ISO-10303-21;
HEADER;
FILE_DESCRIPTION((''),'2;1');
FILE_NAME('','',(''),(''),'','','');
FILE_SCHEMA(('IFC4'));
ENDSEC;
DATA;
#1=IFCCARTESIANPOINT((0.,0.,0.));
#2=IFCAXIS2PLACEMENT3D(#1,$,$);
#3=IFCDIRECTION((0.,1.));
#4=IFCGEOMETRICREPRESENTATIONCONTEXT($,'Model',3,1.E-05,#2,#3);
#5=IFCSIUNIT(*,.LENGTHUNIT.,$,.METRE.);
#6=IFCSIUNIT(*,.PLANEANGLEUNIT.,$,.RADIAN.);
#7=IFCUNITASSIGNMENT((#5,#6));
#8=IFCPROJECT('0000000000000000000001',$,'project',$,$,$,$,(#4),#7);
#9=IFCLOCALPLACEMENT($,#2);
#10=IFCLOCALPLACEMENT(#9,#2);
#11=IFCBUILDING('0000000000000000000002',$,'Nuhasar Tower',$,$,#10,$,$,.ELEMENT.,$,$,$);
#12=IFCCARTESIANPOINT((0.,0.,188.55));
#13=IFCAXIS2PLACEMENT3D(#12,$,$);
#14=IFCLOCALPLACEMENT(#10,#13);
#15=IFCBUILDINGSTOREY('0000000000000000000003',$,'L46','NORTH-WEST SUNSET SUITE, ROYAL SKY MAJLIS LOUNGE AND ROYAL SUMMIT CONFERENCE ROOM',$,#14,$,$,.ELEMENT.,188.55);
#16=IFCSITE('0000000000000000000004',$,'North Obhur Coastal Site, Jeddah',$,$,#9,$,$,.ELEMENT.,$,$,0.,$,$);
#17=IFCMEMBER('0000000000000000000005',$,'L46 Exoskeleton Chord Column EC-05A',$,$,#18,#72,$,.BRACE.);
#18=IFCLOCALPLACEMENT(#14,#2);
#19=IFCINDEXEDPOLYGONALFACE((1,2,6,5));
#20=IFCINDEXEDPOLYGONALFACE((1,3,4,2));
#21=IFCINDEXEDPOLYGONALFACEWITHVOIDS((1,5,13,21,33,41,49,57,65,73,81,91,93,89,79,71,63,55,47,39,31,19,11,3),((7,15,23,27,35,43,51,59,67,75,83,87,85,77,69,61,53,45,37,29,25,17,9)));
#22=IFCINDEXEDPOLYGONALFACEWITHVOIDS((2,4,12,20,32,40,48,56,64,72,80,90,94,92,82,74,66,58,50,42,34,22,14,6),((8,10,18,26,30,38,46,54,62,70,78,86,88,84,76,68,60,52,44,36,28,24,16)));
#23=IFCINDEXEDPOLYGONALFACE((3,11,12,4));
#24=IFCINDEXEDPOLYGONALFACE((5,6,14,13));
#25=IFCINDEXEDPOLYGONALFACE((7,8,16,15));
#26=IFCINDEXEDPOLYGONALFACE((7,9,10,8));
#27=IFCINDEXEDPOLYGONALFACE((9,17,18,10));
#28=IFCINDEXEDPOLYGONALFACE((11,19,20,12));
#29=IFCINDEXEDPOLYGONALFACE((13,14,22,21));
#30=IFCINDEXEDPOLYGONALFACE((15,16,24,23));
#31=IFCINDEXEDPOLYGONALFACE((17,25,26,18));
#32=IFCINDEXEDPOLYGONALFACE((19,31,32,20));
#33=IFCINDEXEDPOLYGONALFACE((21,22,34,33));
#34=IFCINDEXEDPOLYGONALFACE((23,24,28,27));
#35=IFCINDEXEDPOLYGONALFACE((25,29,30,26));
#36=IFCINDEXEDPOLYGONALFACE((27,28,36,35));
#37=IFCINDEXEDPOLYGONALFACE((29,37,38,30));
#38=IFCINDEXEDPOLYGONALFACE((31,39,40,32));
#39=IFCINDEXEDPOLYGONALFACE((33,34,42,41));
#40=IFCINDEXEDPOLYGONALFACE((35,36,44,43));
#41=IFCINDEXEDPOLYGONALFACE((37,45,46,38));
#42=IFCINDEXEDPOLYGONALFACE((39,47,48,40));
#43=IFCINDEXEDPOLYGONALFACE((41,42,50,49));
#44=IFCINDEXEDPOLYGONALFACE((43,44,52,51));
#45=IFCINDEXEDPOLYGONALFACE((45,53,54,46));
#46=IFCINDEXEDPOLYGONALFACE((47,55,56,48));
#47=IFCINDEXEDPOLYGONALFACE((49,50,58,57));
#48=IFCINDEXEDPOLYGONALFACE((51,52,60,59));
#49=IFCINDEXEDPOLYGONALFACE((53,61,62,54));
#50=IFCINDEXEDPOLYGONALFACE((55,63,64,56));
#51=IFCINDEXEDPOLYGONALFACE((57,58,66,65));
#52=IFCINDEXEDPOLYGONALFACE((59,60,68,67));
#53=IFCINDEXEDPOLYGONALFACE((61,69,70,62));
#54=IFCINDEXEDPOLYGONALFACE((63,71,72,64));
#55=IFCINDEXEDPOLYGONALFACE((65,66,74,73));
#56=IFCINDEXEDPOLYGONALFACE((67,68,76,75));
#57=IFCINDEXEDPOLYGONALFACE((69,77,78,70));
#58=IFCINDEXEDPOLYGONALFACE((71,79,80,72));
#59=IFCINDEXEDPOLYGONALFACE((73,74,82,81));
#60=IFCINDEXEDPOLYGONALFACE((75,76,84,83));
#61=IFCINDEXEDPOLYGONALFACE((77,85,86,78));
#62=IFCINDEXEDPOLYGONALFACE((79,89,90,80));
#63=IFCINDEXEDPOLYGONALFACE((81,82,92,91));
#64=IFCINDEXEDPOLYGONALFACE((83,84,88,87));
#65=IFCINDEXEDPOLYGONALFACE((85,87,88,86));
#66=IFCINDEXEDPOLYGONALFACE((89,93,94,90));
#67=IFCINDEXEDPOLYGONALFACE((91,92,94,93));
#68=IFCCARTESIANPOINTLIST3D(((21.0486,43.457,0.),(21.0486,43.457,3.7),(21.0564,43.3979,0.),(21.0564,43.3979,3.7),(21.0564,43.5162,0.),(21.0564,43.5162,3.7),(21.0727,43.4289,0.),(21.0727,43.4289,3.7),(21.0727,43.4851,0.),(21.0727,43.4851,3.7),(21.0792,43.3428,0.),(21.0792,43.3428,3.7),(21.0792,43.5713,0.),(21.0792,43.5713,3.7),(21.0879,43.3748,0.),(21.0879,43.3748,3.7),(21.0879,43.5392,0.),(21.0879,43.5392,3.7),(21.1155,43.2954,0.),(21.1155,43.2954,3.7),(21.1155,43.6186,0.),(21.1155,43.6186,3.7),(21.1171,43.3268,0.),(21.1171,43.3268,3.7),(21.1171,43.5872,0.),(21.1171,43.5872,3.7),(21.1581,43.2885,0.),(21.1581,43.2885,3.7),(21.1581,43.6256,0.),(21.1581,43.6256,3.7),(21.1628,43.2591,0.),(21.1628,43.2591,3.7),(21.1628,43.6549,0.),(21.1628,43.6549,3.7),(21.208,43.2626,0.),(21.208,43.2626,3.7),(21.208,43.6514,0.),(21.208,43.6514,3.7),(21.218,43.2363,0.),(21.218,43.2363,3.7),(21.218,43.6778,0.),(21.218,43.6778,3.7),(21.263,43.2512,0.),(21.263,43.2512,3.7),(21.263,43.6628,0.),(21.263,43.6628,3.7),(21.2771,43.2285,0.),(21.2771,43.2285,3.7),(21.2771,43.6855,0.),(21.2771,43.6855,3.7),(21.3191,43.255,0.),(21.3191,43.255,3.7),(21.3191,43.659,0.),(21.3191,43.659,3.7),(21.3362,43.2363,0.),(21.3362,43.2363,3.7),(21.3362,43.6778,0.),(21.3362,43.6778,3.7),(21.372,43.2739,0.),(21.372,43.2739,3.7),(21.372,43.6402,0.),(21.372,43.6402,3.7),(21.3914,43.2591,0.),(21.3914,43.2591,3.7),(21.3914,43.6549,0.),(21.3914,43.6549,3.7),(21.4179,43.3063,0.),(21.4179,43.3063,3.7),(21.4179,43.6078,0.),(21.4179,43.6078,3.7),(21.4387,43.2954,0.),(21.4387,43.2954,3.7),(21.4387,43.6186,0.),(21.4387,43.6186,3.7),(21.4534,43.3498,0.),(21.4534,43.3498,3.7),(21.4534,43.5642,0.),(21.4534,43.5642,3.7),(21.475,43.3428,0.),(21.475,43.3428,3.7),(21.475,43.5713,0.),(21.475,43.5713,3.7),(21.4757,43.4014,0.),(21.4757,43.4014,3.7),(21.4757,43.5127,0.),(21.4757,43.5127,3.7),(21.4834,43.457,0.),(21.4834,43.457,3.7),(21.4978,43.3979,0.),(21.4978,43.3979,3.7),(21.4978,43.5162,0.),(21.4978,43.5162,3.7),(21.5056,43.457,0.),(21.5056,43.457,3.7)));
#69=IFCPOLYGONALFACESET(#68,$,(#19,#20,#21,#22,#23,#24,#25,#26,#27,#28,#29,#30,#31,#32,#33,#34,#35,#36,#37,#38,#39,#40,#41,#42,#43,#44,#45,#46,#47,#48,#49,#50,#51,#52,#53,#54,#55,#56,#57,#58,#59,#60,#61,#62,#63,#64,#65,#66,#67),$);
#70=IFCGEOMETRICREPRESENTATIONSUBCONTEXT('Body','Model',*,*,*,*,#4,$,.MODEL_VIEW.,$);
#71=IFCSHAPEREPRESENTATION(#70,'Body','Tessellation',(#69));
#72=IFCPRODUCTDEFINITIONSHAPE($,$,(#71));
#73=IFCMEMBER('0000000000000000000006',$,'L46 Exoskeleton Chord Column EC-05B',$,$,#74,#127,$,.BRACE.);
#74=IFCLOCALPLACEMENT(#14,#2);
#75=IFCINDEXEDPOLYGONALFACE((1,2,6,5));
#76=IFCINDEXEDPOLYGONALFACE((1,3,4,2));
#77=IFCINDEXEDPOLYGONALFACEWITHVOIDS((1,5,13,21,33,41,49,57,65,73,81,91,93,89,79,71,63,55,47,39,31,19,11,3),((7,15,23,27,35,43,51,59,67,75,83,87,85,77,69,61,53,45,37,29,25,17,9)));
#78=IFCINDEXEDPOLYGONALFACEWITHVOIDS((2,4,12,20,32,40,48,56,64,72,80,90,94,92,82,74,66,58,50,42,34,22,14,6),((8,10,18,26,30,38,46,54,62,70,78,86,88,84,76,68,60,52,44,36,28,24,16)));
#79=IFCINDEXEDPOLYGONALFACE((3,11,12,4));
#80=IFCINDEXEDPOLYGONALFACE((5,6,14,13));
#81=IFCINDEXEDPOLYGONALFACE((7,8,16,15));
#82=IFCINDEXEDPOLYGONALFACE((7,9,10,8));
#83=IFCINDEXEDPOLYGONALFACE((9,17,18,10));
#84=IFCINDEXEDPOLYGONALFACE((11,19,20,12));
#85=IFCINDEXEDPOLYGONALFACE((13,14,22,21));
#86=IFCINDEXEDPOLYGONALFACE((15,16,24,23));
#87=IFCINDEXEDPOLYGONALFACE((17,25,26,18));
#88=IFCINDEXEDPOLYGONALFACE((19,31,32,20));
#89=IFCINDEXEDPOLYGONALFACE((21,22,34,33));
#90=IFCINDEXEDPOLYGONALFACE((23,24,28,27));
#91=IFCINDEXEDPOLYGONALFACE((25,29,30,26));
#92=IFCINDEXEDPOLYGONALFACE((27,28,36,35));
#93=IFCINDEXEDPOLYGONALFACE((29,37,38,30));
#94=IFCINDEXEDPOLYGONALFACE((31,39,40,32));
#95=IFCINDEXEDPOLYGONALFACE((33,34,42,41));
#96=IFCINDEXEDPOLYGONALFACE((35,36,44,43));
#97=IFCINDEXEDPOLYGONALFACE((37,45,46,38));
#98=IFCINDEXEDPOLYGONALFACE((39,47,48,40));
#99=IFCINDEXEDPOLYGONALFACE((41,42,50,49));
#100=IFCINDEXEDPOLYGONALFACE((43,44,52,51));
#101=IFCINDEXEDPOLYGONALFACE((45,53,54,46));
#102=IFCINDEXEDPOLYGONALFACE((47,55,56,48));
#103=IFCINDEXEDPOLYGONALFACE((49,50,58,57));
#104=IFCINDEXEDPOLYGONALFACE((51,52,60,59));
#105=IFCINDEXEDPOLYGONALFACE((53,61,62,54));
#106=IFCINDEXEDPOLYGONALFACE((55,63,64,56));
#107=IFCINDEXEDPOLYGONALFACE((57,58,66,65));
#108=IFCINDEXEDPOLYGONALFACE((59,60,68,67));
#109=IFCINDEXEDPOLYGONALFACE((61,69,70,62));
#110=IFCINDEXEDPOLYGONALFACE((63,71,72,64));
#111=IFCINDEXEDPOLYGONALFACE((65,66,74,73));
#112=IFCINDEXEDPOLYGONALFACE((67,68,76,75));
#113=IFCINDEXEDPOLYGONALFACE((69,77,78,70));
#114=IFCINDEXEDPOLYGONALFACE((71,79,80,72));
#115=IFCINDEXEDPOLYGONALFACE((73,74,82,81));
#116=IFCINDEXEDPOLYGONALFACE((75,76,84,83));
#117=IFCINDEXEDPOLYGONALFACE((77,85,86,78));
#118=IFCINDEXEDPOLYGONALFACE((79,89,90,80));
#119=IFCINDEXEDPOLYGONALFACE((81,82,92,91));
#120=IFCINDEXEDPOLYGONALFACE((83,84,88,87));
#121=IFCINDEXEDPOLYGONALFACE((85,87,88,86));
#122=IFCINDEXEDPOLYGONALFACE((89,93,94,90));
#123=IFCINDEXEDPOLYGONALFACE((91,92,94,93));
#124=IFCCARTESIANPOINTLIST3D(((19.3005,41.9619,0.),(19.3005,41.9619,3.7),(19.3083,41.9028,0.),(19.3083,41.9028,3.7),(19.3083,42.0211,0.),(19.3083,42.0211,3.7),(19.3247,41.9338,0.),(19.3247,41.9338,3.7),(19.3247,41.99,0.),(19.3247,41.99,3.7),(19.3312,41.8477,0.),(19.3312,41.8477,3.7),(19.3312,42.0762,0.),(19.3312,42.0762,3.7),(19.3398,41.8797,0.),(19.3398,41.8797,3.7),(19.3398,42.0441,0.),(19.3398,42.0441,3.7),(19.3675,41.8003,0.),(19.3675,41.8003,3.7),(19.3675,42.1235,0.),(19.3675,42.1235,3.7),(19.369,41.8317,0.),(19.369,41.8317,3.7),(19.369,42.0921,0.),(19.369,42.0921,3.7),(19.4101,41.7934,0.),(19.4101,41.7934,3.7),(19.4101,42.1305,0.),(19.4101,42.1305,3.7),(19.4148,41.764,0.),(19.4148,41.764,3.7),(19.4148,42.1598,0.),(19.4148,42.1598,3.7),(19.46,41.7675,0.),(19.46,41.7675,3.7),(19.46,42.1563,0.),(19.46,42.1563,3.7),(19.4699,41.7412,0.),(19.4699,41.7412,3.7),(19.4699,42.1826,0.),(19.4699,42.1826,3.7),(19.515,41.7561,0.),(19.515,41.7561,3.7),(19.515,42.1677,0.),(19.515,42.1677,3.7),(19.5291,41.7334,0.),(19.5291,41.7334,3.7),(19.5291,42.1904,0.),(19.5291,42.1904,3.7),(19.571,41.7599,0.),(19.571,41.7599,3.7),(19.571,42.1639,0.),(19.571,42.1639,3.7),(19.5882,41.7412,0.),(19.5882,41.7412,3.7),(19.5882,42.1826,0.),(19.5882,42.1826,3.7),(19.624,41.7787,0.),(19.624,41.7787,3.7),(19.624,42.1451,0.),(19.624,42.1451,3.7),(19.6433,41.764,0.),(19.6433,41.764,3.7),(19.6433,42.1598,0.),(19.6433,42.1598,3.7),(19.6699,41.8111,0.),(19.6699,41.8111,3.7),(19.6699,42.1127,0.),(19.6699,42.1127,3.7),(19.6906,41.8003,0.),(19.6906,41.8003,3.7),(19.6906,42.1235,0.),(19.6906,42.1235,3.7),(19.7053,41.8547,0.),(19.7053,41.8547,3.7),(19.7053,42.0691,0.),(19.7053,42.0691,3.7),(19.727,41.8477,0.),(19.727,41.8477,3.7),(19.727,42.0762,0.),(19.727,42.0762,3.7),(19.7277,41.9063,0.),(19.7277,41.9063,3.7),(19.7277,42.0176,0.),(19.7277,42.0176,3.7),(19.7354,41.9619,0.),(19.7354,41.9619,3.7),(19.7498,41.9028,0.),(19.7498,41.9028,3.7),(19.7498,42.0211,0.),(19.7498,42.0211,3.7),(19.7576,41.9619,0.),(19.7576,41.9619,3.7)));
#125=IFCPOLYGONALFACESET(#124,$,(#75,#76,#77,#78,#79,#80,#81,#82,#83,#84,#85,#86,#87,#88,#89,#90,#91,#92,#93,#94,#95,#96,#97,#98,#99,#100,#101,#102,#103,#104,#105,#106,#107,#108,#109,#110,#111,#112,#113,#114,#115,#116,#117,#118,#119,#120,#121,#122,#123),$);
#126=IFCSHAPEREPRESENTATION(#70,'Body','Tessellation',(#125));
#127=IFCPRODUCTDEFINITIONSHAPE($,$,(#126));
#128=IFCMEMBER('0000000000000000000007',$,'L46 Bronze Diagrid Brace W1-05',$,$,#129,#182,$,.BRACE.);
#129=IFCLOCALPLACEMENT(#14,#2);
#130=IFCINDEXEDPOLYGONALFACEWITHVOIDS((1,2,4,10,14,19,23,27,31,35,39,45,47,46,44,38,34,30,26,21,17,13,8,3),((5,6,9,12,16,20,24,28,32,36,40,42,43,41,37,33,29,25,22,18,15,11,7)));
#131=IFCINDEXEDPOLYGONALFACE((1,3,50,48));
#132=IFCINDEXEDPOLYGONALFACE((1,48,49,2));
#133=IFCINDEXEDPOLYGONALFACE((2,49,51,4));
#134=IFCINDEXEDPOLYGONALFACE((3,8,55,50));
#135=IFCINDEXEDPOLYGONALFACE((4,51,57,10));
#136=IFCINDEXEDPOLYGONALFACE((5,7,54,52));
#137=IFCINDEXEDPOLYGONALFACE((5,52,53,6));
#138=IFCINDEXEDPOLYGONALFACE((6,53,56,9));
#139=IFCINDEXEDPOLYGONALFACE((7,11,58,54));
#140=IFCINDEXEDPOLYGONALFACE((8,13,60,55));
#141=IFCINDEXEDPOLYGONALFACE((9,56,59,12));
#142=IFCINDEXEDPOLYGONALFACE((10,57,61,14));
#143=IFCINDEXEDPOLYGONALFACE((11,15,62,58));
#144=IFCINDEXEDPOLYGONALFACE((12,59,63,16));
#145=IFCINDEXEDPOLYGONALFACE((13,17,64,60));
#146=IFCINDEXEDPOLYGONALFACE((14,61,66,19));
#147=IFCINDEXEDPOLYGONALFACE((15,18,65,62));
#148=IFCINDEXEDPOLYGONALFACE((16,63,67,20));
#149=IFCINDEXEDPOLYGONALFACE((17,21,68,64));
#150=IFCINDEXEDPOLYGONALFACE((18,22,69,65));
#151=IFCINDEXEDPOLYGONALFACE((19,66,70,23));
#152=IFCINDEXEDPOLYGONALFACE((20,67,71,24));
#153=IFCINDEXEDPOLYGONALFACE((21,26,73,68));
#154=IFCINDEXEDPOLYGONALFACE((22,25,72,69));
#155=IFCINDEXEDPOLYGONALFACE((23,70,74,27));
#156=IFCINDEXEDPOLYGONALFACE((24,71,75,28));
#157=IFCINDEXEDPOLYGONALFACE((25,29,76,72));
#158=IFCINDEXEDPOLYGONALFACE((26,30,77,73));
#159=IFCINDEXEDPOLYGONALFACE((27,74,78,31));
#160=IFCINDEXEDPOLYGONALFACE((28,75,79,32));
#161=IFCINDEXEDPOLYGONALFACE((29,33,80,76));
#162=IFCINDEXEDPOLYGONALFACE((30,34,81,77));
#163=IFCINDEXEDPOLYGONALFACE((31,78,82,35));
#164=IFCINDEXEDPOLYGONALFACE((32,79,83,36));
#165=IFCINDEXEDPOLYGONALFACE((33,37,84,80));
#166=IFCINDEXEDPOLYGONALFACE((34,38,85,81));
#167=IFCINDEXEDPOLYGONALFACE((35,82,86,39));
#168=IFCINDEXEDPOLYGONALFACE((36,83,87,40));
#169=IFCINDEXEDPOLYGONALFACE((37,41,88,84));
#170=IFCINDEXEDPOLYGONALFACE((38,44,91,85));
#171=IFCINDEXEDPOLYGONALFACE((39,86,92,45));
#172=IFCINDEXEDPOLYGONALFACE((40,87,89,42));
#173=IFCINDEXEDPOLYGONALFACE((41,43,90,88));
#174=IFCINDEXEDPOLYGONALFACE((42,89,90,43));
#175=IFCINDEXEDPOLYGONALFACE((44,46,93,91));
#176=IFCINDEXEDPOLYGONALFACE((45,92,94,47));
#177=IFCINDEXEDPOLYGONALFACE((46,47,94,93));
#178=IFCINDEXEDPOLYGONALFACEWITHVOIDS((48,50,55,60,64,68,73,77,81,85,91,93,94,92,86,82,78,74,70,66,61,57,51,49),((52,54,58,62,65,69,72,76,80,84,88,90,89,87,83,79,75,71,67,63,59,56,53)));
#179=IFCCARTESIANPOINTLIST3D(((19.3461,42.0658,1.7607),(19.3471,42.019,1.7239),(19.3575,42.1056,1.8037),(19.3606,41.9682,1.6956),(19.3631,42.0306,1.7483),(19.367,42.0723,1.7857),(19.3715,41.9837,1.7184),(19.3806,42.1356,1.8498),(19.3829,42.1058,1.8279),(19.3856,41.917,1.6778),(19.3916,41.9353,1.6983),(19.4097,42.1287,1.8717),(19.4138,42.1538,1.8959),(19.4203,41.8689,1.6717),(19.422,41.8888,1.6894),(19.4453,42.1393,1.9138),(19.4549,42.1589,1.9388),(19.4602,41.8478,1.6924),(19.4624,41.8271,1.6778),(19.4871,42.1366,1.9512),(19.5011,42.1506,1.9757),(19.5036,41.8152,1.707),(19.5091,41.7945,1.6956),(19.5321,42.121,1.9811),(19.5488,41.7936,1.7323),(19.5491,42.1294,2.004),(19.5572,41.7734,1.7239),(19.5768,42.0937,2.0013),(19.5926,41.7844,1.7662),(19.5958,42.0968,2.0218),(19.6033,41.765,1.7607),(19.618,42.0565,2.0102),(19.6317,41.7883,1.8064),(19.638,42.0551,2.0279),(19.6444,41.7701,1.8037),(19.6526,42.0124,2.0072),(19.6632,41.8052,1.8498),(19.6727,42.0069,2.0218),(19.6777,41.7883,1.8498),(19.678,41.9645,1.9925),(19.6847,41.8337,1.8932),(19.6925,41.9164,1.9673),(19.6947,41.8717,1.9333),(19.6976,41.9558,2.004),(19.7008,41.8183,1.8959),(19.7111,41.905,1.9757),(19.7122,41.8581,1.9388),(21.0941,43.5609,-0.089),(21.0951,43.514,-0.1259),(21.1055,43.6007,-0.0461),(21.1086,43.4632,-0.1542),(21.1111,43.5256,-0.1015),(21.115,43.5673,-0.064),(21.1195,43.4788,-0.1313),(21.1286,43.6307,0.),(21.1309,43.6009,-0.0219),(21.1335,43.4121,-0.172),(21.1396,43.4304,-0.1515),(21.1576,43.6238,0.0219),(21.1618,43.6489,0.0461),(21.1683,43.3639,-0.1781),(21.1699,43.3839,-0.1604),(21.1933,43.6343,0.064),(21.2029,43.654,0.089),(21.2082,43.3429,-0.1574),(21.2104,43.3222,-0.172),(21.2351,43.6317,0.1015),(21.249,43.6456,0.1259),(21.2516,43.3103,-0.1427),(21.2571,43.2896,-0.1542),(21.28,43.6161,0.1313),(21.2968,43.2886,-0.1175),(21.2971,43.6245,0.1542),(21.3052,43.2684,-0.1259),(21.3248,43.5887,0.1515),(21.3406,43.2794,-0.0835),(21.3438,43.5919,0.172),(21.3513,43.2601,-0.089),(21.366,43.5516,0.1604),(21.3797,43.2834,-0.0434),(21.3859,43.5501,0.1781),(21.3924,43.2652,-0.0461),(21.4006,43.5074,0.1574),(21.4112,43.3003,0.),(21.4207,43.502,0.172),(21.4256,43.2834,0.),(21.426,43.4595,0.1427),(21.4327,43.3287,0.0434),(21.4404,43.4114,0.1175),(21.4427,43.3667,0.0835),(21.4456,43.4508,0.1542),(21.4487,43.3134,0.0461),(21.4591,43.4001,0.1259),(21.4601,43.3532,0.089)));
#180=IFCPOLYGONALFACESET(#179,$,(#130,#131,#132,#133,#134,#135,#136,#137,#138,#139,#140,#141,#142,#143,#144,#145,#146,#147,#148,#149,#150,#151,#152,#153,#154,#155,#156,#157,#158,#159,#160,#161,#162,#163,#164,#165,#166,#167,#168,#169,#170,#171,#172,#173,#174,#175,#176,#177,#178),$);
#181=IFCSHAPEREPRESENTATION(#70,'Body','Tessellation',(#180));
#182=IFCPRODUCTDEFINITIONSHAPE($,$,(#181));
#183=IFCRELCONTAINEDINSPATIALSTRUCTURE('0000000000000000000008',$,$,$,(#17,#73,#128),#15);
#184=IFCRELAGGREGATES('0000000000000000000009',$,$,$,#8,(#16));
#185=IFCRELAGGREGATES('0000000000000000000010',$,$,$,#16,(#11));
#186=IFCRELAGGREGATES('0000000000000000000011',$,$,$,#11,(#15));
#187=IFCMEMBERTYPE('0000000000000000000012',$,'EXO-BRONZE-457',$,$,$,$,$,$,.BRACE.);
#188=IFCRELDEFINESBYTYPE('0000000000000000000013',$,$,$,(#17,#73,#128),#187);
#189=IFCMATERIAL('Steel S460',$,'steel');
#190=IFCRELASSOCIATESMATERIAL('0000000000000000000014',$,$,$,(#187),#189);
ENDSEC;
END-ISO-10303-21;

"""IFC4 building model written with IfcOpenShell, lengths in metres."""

from ifc_helpers import new_model, si_unit, direction, frame, origin, origin_2d, place, context, subcontext, project, spatial, hollow_circle, extrude, material, material_profile, profile_set, type_object, element, save


model = new_model("IFC4")

# Units and contexts
model_context = context("Model", 3, precision=1e-05, world=origin(), true_north=direction((0.0, 1.0)))
body_context = subcontext(model_context, "Body", "Model", "MODEL_VIEW")
ifc_project = project(units=[si_unit("LENGTHUNIT", "METRE"), si_unit("PLANEANGLEUNIT", "RADIAN")], contexts=[model_context])

# Site, building, storey
site_placement = place(None, origin())
site = spatial("IfcSite", under=ifc_project, at=site_placement, Name="North Obhur Coastal Site, Jeddah", CompositionType="ELEMENT", RefElevation=0.0)
building_placement = place(site_placement, origin())
building = spatial("IfcBuilding", under=site, at=building_placement, Name="Nuhasar Tower", CompositionType="ELEMENT")
storey_placement = place(building_placement, frame((0.0, 0.0, 188.55)))
storey = spatial("IfcBuildingStorey", under=building, at=storey_placement, Name="L46", Description="NORTH-WEST SUNSET SUITE, ROYAL SKY MAJLIS LOUNGE AND ROYAL SUMMIT CONFERENCE ROOM", CompositionType="ELEMENT", Elevation=188.55)

# Members
ifc_material_1 = material(Name="Steel S460", Category="steel")
ifc_material_profile_1 = material_profile(ifc_material_1, hollow_circle(Radius=0.2285, WallThickness=0.0222, at=origin_2d()), Name="HSS457X22.2")
ifc_profile_set_1 = profile_set([ifc_material_profile_1], Name="Steel S460")
member_type_1 = type_object("IfcMemberType", Name="EXO-BRONZE-457", PredefinedType="BRACE", material=ifc_profile_set_1)
for number, where, z_axis, x_axis, name in (
    (1, (21.2771, 43.457, 0.0), (0.0, 0.0, 1.0), (1.0, 0.0, 0.0), "L46 Exoskeleton Chord Column EC-05A"),
    (2, (19.5291, 41.9619, 0.0), (0.0, 0.0, 1.0), (1.0, 0.0, 0.0), "L46 Exoskeleton Chord Column EC-05B"),
):
    element("IfcMember", number, at=place(storey_placement, frame(where, z_axis=z_axis, x_axis=x_axis)), inside=storey, type_object=member_type_1, Name=name, PredefinedType="BRACE", context=body_context, shape_type="SweptSolid", body=[
        extrude(hollow_circle(Radius=0.2285, WallThickness=0.0222, at=origin_2d()), origin(), (0.0, 0.0, 1.0), 3.7),
    ])
member_1_placement = place(storey_placement, frame((21.2771, 43.457, 0.0), z_axis=(-0.592201, -0.506514, 0.626691), x_axis=(0.649987, -0.759945, 0.0)))
element("IfcMember", 3, at=member_1_placement, inside=storey, type_object=member_type_1, Name="L46 Bronze Diagrid Brace W1-05", PredefinedType="BRACE", context=body_context, shape_type="SweptSolid", body=[
    extrude(hollow_circle(Radius=0.2285, WallThickness=0.0222, at=origin_2d()), origin(), (0.0, 0.0, 1.0), 2.9517),
])

save(model, "model.ifc")
